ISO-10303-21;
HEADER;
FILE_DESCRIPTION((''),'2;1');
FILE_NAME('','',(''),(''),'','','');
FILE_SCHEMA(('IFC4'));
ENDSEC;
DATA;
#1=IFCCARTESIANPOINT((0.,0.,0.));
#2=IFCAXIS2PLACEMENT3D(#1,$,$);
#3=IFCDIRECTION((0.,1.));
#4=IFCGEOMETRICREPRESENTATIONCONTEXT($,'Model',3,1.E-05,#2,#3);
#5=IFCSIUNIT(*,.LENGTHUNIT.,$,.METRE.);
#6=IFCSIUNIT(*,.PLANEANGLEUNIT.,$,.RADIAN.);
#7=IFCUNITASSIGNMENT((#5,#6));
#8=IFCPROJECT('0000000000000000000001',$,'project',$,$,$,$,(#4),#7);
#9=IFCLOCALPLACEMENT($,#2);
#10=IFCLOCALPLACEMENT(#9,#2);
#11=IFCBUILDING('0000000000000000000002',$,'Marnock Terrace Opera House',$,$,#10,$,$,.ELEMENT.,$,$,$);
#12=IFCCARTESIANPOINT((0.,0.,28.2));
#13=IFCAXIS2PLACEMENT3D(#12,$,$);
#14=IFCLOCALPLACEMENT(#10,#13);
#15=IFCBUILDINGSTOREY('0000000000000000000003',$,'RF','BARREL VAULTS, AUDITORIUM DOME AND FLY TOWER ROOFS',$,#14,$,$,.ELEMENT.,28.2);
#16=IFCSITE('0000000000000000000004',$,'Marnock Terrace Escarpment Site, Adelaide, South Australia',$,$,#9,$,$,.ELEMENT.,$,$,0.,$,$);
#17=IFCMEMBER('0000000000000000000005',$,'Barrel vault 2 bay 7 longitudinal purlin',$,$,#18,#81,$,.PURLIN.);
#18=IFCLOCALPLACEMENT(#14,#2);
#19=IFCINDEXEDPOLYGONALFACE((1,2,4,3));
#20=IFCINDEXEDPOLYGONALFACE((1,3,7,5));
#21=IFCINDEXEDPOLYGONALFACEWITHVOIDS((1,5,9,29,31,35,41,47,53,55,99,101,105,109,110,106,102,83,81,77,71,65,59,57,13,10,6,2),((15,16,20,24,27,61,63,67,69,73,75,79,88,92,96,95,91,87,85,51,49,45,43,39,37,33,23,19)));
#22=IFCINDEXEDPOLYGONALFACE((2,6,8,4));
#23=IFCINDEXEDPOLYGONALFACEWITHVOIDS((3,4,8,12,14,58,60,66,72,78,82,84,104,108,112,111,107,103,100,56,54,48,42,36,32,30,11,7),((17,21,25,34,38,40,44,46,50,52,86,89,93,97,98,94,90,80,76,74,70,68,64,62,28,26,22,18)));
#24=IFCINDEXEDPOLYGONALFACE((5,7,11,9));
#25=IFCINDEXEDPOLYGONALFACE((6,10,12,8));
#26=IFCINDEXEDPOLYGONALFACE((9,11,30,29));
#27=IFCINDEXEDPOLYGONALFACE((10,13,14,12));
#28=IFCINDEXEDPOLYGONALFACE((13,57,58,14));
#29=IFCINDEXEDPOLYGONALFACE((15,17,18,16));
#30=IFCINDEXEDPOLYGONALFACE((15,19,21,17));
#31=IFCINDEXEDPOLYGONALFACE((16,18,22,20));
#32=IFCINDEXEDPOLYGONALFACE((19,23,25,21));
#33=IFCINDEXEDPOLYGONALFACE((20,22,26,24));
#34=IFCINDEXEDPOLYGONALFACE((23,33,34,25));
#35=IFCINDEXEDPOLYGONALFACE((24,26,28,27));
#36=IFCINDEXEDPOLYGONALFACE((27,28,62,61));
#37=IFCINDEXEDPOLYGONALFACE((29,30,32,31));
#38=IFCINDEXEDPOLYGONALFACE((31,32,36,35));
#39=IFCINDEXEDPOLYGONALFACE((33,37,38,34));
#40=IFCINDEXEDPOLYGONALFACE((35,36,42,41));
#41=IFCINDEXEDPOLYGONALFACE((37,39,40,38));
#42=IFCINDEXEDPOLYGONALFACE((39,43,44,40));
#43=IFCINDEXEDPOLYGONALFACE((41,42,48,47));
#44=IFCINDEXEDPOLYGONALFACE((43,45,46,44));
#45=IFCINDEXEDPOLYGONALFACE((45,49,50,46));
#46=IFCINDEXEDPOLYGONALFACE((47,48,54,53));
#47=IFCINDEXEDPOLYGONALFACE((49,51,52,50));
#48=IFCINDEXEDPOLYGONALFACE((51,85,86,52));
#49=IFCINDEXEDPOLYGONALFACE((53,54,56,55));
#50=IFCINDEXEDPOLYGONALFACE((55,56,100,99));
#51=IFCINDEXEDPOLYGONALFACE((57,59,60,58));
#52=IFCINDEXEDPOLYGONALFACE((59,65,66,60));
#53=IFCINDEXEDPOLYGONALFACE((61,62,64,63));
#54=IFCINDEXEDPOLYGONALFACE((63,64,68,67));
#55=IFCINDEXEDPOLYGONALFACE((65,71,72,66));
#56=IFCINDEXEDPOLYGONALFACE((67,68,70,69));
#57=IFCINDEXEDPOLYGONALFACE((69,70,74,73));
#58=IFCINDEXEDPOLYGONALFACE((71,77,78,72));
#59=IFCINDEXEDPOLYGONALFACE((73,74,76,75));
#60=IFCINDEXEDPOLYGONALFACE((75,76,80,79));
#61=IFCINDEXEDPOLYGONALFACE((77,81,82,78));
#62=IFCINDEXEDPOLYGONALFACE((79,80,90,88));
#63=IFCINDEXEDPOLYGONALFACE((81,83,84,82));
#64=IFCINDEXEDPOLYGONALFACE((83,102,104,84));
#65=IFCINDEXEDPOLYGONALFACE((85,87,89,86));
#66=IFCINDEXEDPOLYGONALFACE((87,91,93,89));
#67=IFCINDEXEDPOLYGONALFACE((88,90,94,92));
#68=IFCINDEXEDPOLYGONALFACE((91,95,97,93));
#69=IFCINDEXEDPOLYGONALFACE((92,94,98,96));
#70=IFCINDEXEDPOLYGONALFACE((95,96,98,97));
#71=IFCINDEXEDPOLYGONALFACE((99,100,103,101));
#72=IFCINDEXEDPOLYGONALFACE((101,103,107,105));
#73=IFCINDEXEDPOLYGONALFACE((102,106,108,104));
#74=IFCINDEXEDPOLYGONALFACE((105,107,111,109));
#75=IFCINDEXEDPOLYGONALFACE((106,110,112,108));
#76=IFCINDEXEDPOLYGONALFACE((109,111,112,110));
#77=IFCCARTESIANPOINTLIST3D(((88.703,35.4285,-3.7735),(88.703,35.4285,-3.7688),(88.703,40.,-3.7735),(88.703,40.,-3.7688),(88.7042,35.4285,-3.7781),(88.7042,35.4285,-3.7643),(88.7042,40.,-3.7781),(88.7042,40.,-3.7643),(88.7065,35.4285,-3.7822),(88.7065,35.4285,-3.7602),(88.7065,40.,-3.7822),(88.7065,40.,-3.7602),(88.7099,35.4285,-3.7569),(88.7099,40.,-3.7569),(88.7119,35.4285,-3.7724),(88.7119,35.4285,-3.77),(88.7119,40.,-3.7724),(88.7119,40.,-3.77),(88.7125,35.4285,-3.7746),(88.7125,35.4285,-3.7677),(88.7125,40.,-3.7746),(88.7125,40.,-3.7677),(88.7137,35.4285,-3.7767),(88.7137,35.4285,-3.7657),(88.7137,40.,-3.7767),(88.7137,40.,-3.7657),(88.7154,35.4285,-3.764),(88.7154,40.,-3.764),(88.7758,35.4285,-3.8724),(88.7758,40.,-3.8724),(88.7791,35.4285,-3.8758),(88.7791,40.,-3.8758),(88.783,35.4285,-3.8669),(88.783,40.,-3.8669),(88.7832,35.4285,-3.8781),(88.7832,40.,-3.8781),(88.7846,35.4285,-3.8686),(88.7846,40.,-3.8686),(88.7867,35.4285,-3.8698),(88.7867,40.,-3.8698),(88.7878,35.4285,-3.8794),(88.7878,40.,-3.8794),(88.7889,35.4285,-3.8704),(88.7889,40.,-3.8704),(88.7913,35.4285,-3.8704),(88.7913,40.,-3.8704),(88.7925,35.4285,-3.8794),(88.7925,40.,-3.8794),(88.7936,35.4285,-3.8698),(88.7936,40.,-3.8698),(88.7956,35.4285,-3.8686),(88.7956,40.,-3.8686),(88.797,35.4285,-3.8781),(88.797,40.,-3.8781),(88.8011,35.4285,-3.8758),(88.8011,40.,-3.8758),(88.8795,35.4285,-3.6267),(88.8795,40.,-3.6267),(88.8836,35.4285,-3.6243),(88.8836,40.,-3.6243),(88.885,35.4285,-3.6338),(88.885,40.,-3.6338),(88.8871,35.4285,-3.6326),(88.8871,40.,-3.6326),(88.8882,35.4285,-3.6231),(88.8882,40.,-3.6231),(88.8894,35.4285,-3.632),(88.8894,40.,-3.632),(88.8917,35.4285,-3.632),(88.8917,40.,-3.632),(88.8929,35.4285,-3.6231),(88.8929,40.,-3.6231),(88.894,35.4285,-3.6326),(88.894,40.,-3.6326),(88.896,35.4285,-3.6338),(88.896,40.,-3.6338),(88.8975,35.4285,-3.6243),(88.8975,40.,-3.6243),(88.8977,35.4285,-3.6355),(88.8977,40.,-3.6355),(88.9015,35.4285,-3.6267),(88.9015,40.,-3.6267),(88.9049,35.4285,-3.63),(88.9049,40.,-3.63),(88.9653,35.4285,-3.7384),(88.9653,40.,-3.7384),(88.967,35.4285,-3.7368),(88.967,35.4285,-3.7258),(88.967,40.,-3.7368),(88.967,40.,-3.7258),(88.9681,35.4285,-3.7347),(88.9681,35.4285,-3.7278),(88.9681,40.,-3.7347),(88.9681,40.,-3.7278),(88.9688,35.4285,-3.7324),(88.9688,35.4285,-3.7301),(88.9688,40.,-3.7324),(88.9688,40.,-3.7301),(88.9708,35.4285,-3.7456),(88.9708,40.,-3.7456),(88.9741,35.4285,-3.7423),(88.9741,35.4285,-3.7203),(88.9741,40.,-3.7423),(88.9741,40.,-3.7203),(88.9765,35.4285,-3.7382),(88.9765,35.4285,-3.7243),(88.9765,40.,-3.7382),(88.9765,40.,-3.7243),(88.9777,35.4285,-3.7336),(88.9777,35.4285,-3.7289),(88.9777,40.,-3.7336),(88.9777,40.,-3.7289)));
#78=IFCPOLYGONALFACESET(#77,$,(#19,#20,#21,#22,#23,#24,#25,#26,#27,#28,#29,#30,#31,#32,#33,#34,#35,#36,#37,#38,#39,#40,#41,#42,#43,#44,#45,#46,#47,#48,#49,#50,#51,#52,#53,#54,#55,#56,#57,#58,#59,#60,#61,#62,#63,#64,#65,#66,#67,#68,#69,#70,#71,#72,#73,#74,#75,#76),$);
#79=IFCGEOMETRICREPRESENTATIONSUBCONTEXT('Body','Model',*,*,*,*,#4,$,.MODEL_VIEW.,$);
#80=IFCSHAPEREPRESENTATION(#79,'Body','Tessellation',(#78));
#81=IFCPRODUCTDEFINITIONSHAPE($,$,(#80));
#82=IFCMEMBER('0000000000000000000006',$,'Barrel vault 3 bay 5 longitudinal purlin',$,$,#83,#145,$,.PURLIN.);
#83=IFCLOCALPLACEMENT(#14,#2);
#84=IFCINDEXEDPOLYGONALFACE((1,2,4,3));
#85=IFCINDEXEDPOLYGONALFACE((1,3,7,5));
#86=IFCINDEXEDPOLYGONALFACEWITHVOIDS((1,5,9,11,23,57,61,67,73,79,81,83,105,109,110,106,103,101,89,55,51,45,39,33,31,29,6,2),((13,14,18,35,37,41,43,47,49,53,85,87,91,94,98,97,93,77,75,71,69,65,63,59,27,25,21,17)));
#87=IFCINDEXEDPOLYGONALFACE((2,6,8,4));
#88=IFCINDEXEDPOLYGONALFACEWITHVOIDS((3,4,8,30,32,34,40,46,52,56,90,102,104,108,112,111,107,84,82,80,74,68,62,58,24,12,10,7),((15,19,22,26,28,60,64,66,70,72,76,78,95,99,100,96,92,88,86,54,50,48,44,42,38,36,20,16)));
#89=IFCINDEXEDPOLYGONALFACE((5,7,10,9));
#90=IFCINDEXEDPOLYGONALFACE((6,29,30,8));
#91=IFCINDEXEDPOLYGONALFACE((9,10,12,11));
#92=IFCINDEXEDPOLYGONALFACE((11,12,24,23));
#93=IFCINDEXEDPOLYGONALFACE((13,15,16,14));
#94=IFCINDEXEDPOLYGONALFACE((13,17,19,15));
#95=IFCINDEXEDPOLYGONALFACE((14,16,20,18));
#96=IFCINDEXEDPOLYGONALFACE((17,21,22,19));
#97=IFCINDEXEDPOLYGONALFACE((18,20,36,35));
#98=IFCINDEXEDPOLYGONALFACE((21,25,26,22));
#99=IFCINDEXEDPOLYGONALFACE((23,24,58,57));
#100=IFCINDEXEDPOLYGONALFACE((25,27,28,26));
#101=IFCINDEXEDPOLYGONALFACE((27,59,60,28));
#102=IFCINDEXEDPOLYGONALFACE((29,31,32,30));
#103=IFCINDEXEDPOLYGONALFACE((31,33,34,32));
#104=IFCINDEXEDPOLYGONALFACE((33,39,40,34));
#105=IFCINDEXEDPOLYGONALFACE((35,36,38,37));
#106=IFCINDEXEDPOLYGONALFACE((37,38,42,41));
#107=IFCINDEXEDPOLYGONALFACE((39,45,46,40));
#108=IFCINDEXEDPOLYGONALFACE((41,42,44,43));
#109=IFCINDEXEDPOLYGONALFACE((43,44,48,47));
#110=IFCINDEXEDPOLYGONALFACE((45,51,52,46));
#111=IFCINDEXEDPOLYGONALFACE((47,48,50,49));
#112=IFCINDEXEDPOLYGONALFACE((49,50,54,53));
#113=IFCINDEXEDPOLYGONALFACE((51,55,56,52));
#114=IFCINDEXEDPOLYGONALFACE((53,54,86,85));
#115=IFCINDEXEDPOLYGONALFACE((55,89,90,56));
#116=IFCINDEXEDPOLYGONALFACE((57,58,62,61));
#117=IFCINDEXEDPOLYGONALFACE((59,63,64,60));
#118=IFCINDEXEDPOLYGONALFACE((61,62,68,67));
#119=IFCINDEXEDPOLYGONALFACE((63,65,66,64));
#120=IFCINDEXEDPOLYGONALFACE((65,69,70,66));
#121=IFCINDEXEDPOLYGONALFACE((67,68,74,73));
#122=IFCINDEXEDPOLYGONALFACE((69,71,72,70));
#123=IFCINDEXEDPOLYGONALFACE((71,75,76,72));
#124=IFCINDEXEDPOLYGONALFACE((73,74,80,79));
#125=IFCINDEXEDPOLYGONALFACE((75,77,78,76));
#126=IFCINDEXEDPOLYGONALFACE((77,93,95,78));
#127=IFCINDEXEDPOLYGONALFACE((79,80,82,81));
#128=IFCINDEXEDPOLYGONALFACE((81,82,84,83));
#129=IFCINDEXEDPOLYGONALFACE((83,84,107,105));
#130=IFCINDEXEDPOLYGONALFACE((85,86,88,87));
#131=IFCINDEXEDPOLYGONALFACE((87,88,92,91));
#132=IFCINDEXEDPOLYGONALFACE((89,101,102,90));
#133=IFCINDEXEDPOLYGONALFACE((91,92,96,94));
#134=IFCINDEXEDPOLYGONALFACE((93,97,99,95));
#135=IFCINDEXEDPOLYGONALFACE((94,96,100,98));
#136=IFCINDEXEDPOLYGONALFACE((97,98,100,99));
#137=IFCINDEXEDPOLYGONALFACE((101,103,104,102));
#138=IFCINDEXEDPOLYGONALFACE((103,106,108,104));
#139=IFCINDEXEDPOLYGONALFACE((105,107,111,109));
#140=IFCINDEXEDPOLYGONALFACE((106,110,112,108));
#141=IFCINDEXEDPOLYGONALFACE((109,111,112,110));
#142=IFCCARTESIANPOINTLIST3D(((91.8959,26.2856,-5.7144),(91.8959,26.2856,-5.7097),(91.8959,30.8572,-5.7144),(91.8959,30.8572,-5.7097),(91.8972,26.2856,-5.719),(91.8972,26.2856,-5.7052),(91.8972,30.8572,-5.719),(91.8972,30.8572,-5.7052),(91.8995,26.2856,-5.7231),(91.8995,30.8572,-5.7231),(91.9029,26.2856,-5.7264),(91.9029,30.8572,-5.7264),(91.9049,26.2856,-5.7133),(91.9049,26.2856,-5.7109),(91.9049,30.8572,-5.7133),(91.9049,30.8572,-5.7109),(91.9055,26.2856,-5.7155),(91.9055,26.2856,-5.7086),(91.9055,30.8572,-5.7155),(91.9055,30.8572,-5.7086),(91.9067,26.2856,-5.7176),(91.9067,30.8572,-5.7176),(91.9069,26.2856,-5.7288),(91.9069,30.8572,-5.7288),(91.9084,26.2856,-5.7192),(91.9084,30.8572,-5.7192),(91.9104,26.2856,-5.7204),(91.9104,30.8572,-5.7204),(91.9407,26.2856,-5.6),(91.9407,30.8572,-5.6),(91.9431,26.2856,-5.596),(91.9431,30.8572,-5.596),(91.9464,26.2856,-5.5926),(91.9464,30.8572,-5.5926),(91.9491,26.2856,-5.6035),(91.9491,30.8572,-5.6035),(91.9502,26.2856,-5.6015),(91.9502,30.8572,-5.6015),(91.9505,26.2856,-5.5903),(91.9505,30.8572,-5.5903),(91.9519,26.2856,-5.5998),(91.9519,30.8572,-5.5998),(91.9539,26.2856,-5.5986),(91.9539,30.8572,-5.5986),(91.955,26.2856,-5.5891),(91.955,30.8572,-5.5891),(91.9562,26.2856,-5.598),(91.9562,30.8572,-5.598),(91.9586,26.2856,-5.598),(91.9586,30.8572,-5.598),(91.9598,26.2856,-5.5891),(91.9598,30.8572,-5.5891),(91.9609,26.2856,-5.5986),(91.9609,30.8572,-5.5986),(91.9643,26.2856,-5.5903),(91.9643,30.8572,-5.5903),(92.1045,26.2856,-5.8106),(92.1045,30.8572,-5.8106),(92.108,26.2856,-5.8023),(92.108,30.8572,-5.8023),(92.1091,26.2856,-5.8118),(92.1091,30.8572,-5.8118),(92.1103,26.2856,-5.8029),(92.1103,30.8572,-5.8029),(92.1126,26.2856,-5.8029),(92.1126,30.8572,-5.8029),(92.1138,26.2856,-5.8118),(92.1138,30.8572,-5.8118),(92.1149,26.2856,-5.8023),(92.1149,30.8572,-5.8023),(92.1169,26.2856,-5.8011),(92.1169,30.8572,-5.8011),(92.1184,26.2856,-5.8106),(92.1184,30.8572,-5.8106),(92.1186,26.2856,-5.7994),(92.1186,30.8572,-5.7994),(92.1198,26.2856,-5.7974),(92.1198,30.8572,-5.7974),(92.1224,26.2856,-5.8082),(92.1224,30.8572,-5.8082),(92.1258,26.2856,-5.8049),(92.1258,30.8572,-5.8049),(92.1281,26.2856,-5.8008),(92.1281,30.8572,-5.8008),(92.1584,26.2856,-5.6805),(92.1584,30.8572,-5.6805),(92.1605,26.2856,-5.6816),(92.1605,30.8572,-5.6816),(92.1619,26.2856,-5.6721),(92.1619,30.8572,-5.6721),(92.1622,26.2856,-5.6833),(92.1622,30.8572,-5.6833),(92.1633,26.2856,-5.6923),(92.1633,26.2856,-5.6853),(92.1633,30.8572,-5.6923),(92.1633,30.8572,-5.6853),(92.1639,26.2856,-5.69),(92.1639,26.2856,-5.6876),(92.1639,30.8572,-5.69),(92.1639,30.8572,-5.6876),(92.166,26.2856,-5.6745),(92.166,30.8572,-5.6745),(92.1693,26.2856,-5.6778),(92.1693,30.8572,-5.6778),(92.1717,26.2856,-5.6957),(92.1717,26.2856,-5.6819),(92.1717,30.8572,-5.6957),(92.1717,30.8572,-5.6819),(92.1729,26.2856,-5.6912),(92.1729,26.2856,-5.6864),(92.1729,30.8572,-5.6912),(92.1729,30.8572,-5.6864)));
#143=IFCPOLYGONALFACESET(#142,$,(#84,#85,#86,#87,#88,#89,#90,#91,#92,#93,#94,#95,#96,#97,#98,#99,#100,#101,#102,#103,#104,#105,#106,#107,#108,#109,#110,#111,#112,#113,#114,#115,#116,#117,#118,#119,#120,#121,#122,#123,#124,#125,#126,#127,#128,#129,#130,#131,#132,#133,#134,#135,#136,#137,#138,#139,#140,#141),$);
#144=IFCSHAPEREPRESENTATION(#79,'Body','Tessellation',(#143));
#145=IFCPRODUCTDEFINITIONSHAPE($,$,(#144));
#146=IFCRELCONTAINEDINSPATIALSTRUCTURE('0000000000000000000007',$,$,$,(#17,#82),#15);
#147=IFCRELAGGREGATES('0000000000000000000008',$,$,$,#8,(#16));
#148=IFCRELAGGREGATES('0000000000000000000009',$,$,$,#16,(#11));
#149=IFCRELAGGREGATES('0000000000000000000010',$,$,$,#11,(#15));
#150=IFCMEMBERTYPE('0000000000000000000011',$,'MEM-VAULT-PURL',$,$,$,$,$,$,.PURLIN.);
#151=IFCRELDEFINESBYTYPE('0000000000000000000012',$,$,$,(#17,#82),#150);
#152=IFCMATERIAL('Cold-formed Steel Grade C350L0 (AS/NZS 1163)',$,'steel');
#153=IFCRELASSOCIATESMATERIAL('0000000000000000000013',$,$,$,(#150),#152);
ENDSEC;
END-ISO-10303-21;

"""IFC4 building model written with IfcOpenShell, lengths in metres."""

from ifc_helpers import new_model, si_unit, direction, frame, origin, origin_2d, place, context, subcontext, project, spatial, hollow_rectangle, extrude, material, material_profile, profile_set, type_object, element, save


model = new_model("IFC4")

# Units and contexts
model_context = context("Model", 3, precision=1e-05, world=origin(), true_north=direction((0.0, 1.0)))
body_context = subcontext(model_context, "Body", "Model", "MODEL_VIEW")
ifc_project = project(units=[si_unit("LENGTHUNIT", "METRE"), si_unit("PLANEANGLEUNIT", "RADIAN")], contexts=[model_context])

# Site, building, storey
site_placement = place(None, origin())
site = spatial("IfcSite", under=ifc_project, at=site_placement, Name="Marnock Terrace Escarpment Site, Adelaide, South Australia", CompositionType="ELEMENT", RefElevation=0.0)
building_placement = place(site_placement, origin())
building = spatial("IfcBuilding", under=site, at=building_placement, Name="Marnock Terrace Opera House", CompositionType="ELEMENT")
storey_placement = place(building_placement, frame((0.0, 0.0, 28.2)))
storey = spatial("IfcBuildingStorey", under=building, at=storey_placement, Name="RF", Description="BARREL VAULTS, AUDITORIUM DOME AND FLY TOWER ROOFS", CompositionType="ELEMENT", Elevation=28.2)

# Members
ifc_material = material(Name="Cold-formed Steel Grade C350L0 (AS/NZS 1163)", Category="steel")
ifc_material_profile_1 = material_profile(ifc_material, hollow_rectangle(XDim=0.1499, YDim=0.25, WallThickness=0.009, InnerFilletRadius=0.009, OuterFilletRadius=0.0181, at=origin_2d()))
ifc_profile_set_1 = profile_set([ifc_material_profile_1], Name="Cold-formed Steel Grade C350L0 (AS/NZS 1163)")
member_type_1 = type_object("IfcMemberType", Name="MEM-VAULT-PURL", PredefinedType="PURLIN", material=ifc_profile_set_1)
for number, where, z_axis, x_axis, name in (
    (1, (88.8403, 35.4285, -3.7512), (0.0, 1.0, 0.0), (-0.608761, 0.0, 0.793353), "Barrel vault 2 bay 7 longitudinal purlin"),
    (2, (92.0344, 26.2856, -5.7004), (0.0, 1.0, 0.0), (-0.382683, 0.0, -0.92388), "Barrel vault 3 bay 5 longitudinal purlin"),
):
    element("IfcMember", number, at=place(storey_placement, frame(where, z_axis=z_axis, x_axis=x_axis)), inside=storey, type_object=member_type_1, Name=name, PredefinedType="PURLIN", context=body_context, shape_type="SweptSolid", body=[
        extrude(hollow_rectangle(XDim=0.1499, YDim=0.25, WallThickness=0.009, InnerFilletRadius=0.009, OuterFilletRadius=0.0181, at=origin_2d()), origin(), (0.0, 0.0, 1.0), 4.5715),
    ])

save(model, "model.ifc")
